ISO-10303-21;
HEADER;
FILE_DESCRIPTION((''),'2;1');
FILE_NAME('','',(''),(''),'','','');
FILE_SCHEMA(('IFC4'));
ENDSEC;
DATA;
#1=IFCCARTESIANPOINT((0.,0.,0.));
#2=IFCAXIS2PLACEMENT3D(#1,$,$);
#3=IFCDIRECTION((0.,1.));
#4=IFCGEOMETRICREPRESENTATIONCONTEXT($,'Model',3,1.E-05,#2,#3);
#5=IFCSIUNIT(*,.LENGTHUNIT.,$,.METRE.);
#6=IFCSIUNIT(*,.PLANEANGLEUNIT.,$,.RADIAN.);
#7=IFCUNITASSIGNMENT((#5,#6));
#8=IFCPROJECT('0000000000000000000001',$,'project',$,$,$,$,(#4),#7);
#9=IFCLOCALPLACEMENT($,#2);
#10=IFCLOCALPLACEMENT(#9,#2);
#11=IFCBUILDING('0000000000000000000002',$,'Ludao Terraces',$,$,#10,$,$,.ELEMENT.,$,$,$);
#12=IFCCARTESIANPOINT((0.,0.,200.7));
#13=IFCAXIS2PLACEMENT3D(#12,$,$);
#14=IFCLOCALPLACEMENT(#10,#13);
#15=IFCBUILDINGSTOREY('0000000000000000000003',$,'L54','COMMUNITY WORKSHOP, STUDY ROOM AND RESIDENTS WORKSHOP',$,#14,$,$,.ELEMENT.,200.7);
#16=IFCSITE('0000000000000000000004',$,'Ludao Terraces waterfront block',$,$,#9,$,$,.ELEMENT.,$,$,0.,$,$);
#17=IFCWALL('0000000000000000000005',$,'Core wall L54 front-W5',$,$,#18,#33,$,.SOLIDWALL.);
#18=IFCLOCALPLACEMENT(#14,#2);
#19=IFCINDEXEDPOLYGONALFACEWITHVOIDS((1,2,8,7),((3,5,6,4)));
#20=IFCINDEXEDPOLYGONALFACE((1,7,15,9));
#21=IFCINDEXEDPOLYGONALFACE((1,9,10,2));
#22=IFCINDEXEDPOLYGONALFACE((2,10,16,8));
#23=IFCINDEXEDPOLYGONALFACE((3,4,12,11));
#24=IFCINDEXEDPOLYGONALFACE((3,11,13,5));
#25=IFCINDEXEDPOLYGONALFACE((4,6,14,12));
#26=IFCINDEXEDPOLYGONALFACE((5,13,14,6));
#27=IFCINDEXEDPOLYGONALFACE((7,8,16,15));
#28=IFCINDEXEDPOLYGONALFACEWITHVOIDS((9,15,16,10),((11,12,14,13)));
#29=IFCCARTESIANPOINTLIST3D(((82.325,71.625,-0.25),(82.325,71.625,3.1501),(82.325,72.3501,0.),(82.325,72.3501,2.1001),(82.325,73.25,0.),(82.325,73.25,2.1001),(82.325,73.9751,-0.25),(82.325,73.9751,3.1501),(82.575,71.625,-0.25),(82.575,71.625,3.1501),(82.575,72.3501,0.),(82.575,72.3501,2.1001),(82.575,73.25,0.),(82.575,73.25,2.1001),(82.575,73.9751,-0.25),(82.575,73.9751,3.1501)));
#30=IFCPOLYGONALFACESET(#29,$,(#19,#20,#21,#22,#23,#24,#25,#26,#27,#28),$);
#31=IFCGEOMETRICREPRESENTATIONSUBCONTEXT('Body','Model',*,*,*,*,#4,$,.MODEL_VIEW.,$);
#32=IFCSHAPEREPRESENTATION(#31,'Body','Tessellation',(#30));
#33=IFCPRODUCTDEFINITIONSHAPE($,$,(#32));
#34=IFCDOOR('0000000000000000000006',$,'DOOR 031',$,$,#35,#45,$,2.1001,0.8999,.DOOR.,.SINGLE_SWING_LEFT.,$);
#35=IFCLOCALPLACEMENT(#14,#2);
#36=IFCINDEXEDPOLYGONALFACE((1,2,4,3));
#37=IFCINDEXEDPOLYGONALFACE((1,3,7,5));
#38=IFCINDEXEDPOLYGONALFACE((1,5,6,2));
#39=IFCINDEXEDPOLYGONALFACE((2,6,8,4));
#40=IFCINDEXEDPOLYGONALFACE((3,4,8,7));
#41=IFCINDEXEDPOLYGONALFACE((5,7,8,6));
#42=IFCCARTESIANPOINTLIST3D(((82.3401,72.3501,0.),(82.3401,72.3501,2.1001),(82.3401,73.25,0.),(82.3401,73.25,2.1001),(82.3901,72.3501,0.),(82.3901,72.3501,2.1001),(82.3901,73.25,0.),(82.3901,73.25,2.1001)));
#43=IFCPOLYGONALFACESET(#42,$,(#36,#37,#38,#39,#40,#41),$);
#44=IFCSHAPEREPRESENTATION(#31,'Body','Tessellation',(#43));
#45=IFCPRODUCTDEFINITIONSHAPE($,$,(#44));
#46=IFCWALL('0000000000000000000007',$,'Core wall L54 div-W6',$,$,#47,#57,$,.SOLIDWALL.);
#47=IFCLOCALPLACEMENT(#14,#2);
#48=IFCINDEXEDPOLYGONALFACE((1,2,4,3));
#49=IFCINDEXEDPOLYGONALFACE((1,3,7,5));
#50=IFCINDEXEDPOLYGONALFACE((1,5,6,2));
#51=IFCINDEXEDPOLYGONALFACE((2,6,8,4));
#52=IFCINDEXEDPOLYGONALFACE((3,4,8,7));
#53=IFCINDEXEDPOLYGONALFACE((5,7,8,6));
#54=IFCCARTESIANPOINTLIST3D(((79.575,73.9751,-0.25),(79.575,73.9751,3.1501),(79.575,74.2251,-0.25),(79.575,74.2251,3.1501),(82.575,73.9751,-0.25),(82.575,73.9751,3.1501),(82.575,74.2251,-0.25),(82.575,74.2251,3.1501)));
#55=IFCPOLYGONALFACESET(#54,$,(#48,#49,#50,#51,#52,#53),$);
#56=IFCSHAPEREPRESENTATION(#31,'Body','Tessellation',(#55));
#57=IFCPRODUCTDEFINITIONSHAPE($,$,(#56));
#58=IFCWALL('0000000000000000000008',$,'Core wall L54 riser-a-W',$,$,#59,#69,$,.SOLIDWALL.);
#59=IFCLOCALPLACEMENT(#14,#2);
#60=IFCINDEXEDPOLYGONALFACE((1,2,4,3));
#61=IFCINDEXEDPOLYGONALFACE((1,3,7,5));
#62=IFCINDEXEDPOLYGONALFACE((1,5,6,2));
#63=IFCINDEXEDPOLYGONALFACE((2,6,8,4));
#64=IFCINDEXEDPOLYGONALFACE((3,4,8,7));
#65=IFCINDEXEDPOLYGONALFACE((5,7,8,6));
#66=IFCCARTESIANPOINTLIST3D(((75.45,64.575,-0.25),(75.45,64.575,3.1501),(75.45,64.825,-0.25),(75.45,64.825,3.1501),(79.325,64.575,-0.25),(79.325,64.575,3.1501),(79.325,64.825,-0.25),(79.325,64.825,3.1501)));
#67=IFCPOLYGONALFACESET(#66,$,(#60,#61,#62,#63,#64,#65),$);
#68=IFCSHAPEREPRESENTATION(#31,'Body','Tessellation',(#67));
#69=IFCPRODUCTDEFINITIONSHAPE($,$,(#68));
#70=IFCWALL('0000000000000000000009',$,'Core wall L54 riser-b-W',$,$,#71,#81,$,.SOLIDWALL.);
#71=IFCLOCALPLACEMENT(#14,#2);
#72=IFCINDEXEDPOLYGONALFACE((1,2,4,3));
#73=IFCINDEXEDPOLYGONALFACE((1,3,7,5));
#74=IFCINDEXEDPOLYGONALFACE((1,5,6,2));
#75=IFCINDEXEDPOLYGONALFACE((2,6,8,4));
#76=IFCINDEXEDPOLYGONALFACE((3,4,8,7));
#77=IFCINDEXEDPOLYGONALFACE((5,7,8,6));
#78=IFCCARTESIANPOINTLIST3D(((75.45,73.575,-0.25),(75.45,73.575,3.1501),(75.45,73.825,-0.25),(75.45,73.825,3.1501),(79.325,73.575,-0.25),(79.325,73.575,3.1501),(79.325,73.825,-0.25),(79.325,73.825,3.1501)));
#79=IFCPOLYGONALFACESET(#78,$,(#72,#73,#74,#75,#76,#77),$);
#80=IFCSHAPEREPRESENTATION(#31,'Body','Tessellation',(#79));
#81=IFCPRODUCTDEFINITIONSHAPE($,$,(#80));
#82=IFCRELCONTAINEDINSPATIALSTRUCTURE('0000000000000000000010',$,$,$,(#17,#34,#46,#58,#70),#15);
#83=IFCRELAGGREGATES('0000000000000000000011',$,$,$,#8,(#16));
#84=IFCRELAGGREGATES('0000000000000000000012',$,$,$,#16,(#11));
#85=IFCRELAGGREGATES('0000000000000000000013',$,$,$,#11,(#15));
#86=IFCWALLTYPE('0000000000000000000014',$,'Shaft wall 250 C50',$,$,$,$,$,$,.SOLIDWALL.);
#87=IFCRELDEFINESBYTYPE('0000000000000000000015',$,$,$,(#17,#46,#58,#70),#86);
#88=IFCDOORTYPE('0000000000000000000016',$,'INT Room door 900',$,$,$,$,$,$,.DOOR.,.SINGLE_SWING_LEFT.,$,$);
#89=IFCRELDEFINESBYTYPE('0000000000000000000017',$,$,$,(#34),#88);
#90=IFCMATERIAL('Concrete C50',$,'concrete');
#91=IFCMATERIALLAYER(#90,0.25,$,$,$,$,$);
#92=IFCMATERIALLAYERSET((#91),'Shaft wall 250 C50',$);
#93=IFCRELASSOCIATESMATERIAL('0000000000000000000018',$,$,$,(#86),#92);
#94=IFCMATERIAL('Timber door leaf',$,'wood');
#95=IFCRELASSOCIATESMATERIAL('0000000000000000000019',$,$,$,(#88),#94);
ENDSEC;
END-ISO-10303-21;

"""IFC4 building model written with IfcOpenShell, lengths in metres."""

from ifc_helpers import new_model, si_unit, direction, frame, frame_2d, origin, place, context, subcontext, project, spatial, rectangle, extrude, material, layer, layer_set, type_object, element, fill, save


model = new_model("IFC4")

# Units and contexts
model_context = context("Model", 3, precision=1e-05, world=origin(), true_north=direction((0.0, 1.0)))
body_context = subcontext(model_context, "Body", "Model", "MODEL_VIEW")
ifc_project = project(units=[si_unit("LENGTHUNIT", "METRE"), si_unit("PLANEANGLEUNIT", "RADIAN")], contexts=[model_context])

# Site, building, storey
site_placement = place(None, origin())
site = spatial("IfcSite", under=ifc_project, at=site_placement, Name="Ludao Terraces waterfront block", CompositionType="ELEMENT", RefElevation=0.0)
building_placement = place(site_placement, origin())
building = spatial("IfcBuilding", under=site, at=building_placement, Name="Ludao Terraces", CompositionType="ELEMENT")
storey_placement = place(building_placement, frame((0.0, 0.0, 200.7)))
storey = spatial("IfcBuildingStorey", under=building, at=storey_placement, Name="L54", Description="COMMUNITY WORKSHOP, STUDY ROOM AND RESIDENTS WORKSHOP", CompositionType="ELEMENT", Elevation=200.7)

# Shared definitions
ifc_material_1 = material(Name="Concrete C50", Category="concrete")
ifc_layer_1 = layer(ifc_material_1, 0.25)
ifc_layer_set_1 = layer_set([ifc_layer_1], Name="Shaft wall 250 C50")
wall_type_1 = type_object("IfcWallType", Name="Shaft wall 250 C50", PredefinedType="SOLIDWALL", material=ifc_layer_set_1)

# Shared definitions
ifc_material_2 = material(Name="Timber door leaf", Category="wood")
door_type_1 = type_object("IfcDoorType", Name="INT Room door 900", OperationType="SINGLE_SWING_LEFT", PredefinedType="DOOR", material=ifc_material_2)

# Wall, opening, door
wall_1_placement = place(storey_placement, frame((82.45, 71.625, -0.25), z_axis=(0.0, 0.0, 1.0), x_axis=(0.0, 1.0, 0.0)))
wall_1 = element("IfcWall", 1, at=wall_1_placement, inside=storey, type_object=wall_type_1, Name="Core wall L54 front-W5", PredefinedType="SOLIDWALL", context=body_context, shape_type="SweptSolid", body=[
    extrude(rectangle(XDim=2.3501, YDim=0.25, at=frame_2d((1.175, 0.0))), origin(), (0.0, 0.0, 1.0), 3.4001),
])
opening_1_placement = place(wall_1_placement, frame((0.7251, 0.0, 0.25)))
opening_1 = element("IfcOpeningElement", 2, at=opening_1_placement, cuts=wall_1, PredefinedType="OPENING", context=body_context, shape_type="SweptSolid", body=[
    extrude(rectangle(XDim=0.8999, YDim=2.1001, at=frame_2d((0.45, 1.05))), frame((0.0, 0.135, 0.0), z_axis=(0.0, -1.0, 0.0), x_axis=(1.0, 0.0, 0.0)), (0.0, 0.0, 1.0), 0.27),
])
door_1_placement = place(opening_1_placement, origin())
door_1 = element("IfcDoor", 3, at=door_1_placement, inside=storey, type_object=door_type_1, Name="DOOR 031", OperationType="SINGLE_SWING_LEFT", OverallHeight=2.1001, OverallWidth=0.8999, PredefinedType="DOOR", context=body_context, shape_type="SweptSolid", body=[
    extrude(rectangle(XDim=0.8999, YDim=2.1001, at=frame_2d((0.45, 1.05))), frame((0.0, 0.1099, 0.0), z_axis=(0.0, -1.0, 0.0), x_axis=(1.0, 0.0, 0.0)), (0.0, 0.0, 1.0), 0.05),
])
fill(opening_1, door_1)

# Walls
wall_2_placement = place(storey_placement, frame((79.575, 74.1001, -0.25), z_axis=(0.0, 0.0, 1.0), x_axis=(1.0, 0.0, 0.0)))
element("IfcWall", 4, at=wall_2_placement, inside=storey, type_object=wall_type_1, Name="Core wall L54 div-W6", PredefinedType="SOLIDWALL", context=body_context, shape_type="SweptSolid", body=[
    extrude(rectangle(XDim=3.0, YDim=0.25, at=frame_2d((1.5, 0.0))), origin(), (0.0, 0.0, 1.0), 3.4001),
])
for number, where, z_axis, x_axis, name in (
    (5, (75.45, 64.7, -0.25), (0.0, 0.0, 1.0), (1.0, 0.0, 0.0), "Core wall L54 riser-a-W"),
    (6, (75.45, 73.7, -0.25), (0.0, 0.0, 1.0), (1.0, 0.0, 0.0), "Core wall L54 riser-b-W"),
):
    element("IfcWall", number, at=place(storey_placement, frame(where, z_axis=z_axis, x_axis=x_axis)), inside=storey, type_object=wall_type_1, Name=name, PredefinedType="SOLIDWALL", context=body_context, shape_type="SweptSolid", body=[
        extrude(rectangle(XDim=3.875, YDim=0.25, at=frame_2d((1.9375, 0.0))), origin(), (0.0, 0.0, 1.0), 3.4001),
    ])

save(model, "model.ifc")
